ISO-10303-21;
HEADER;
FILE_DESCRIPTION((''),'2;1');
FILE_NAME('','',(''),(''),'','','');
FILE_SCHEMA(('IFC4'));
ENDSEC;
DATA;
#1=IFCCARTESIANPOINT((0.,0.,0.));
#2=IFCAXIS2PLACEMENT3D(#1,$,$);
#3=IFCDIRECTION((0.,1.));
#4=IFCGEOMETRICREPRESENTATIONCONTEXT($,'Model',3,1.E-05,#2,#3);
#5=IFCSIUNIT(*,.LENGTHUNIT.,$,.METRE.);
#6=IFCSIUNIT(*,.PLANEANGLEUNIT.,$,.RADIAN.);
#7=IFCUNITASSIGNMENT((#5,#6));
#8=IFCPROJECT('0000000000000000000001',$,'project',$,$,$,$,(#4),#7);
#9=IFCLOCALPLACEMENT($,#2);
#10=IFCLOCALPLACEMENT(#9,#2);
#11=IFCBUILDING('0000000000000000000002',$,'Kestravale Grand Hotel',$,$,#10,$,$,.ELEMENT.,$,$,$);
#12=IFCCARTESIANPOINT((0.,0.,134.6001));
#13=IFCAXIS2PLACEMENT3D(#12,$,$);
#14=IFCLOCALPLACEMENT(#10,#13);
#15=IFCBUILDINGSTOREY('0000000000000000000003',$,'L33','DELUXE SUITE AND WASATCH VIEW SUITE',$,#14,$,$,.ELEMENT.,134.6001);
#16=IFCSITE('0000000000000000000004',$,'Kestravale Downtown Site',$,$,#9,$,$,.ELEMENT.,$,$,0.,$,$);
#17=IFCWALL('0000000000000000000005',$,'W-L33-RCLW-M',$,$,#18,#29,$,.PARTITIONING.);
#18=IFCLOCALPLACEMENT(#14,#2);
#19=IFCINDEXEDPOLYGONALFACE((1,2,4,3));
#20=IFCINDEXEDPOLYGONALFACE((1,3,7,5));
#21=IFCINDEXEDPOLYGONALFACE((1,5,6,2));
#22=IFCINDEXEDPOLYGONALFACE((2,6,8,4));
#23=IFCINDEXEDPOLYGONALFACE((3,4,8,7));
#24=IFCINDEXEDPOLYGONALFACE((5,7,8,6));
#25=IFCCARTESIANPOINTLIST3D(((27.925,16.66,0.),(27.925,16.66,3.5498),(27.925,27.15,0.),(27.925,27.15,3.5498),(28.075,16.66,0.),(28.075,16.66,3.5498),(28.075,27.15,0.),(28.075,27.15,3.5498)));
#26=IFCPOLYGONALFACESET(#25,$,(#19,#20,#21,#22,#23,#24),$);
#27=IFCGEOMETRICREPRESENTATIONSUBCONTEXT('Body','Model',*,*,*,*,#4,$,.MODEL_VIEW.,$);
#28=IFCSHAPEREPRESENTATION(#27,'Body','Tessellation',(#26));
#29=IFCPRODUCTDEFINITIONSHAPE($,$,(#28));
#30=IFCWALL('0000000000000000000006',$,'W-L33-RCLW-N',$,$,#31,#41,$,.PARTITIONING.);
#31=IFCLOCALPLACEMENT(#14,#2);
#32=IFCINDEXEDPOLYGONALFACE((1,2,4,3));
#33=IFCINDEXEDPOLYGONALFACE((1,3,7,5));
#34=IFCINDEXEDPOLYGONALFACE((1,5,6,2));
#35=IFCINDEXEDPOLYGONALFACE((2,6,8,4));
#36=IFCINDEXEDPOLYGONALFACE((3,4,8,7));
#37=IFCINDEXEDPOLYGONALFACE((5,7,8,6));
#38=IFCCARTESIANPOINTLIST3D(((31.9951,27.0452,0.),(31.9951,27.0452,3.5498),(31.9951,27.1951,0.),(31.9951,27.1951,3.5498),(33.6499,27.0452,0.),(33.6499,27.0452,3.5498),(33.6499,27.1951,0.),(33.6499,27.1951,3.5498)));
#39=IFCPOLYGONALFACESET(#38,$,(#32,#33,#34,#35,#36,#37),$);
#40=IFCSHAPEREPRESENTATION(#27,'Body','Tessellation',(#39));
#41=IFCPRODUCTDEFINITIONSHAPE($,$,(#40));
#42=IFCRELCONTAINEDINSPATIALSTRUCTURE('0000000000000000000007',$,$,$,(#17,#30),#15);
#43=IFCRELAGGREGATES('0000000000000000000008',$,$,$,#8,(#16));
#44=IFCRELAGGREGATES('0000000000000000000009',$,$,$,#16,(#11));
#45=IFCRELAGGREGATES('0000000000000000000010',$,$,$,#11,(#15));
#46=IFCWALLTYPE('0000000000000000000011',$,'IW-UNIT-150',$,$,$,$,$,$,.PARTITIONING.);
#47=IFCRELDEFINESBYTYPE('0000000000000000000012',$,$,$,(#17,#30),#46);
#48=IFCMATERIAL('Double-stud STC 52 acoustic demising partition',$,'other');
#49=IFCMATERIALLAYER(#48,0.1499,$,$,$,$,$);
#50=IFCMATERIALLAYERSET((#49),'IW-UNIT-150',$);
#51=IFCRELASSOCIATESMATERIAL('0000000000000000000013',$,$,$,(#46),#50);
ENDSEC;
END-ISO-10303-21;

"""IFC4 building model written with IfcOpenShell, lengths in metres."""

from ifc_helpers import new_model, si_unit, direction, frame, frame_2d, origin, place, context, subcontext, project, spatial, rectangle, extrude, material, layer, layer_set, type_object, element, save


model = new_model("IFC4")

# Units and contexts
model_context = context("Model", 3, precision=1e-05, world=origin(), true_north=direction((0.0, 1.0)))
body_context = subcontext(model_context, "Body", "Model", "MODEL_VIEW")
ifc_project = project(units=[si_unit("LENGTHUNIT", "METRE"), si_unit("PLANEANGLEUNIT", "RADIAN")], contexts=[model_context])

# Site, building, storey
site_placement = place(None, origin())
site = spatial("IfcSite", under=ifc_project, at=site_placement, Name="Kestravale Downtown Site", CompositionType="ELEMENT", RefElevation=0.0)
building_placement = place(site_placement, origin())
building = spatial("IfcBuilding", under=site, at=building_placement, Name="Kestravale Grand Hotel", CompositionType="ELEMENT")
storey_placement = place(building_placement, frame((0.0, 0.0, 134.6001)))
storey = spatial("IfcBuildingStorey", under=building, at=storey_placement, Name="L33", Description="DELUXE SUITE AND WASATCH VIEW SUITE", CompositionType="ELEMENT", Elevation=134.6001)

# Walls
ifc_material_1 = material(Name="Double-stud STC 52 acoustic demising partition", Category="other")
ifc_layer_1 = layer(ifc_material_1, 0.1499)
ifc_layer_set_1 = layer_set([ifc_layer_1], Name="IW-UNIT-150")
wall_type_1 = type_object("IfcWallType", Name="IW-UNIT-150", PredefinedType="PARTITIONING", material=ifc_layer_set_1)
wall_1_placement = place(storey_placement, frame((28.0, 16.6599, 0.0), z_axis=(0.0, 0.0, 1.0), x_axis=(0.0, 1.0, 0.0)))
element("IfcWall", 1, at=wall_1_placement, inside=storey, type_object=wall_type_1, Name="W-L33-RCLW-M", PredefinedType="PARTITIONING", context=body_context, shape_type="SweptSolid", body=[
    extrude(rectangle(XDim=10.49, YDim=0.1499, at=frame_2d((5.2451, 0.0))), origin(), (0.0, 0.0, 1.0), 3.5498),
])
wall_2_placement = place(storey_placement, frame((31.9951, 27.1201, 0.0), z_axis=(0.0, 0.0, 1.0), x_axis=(1.0, 0.0, 0.0)))
element("IfcWall", 2, at=wall_2_placement, inside=storey, type_object=wall_type_1, Name="W-L33-RCLW-N", PredefinedType="PARTITIONING", context=body_context, shape_type="SweptSolid", body=[
    extrude(rectangle(XDim=1.6548, YDim=0.1499, at=frame_2d((0.8274, 0.0))), origin(), (0.0, 0.0, 1.0), 3.5498),
])

save(model, "model.ifc")
